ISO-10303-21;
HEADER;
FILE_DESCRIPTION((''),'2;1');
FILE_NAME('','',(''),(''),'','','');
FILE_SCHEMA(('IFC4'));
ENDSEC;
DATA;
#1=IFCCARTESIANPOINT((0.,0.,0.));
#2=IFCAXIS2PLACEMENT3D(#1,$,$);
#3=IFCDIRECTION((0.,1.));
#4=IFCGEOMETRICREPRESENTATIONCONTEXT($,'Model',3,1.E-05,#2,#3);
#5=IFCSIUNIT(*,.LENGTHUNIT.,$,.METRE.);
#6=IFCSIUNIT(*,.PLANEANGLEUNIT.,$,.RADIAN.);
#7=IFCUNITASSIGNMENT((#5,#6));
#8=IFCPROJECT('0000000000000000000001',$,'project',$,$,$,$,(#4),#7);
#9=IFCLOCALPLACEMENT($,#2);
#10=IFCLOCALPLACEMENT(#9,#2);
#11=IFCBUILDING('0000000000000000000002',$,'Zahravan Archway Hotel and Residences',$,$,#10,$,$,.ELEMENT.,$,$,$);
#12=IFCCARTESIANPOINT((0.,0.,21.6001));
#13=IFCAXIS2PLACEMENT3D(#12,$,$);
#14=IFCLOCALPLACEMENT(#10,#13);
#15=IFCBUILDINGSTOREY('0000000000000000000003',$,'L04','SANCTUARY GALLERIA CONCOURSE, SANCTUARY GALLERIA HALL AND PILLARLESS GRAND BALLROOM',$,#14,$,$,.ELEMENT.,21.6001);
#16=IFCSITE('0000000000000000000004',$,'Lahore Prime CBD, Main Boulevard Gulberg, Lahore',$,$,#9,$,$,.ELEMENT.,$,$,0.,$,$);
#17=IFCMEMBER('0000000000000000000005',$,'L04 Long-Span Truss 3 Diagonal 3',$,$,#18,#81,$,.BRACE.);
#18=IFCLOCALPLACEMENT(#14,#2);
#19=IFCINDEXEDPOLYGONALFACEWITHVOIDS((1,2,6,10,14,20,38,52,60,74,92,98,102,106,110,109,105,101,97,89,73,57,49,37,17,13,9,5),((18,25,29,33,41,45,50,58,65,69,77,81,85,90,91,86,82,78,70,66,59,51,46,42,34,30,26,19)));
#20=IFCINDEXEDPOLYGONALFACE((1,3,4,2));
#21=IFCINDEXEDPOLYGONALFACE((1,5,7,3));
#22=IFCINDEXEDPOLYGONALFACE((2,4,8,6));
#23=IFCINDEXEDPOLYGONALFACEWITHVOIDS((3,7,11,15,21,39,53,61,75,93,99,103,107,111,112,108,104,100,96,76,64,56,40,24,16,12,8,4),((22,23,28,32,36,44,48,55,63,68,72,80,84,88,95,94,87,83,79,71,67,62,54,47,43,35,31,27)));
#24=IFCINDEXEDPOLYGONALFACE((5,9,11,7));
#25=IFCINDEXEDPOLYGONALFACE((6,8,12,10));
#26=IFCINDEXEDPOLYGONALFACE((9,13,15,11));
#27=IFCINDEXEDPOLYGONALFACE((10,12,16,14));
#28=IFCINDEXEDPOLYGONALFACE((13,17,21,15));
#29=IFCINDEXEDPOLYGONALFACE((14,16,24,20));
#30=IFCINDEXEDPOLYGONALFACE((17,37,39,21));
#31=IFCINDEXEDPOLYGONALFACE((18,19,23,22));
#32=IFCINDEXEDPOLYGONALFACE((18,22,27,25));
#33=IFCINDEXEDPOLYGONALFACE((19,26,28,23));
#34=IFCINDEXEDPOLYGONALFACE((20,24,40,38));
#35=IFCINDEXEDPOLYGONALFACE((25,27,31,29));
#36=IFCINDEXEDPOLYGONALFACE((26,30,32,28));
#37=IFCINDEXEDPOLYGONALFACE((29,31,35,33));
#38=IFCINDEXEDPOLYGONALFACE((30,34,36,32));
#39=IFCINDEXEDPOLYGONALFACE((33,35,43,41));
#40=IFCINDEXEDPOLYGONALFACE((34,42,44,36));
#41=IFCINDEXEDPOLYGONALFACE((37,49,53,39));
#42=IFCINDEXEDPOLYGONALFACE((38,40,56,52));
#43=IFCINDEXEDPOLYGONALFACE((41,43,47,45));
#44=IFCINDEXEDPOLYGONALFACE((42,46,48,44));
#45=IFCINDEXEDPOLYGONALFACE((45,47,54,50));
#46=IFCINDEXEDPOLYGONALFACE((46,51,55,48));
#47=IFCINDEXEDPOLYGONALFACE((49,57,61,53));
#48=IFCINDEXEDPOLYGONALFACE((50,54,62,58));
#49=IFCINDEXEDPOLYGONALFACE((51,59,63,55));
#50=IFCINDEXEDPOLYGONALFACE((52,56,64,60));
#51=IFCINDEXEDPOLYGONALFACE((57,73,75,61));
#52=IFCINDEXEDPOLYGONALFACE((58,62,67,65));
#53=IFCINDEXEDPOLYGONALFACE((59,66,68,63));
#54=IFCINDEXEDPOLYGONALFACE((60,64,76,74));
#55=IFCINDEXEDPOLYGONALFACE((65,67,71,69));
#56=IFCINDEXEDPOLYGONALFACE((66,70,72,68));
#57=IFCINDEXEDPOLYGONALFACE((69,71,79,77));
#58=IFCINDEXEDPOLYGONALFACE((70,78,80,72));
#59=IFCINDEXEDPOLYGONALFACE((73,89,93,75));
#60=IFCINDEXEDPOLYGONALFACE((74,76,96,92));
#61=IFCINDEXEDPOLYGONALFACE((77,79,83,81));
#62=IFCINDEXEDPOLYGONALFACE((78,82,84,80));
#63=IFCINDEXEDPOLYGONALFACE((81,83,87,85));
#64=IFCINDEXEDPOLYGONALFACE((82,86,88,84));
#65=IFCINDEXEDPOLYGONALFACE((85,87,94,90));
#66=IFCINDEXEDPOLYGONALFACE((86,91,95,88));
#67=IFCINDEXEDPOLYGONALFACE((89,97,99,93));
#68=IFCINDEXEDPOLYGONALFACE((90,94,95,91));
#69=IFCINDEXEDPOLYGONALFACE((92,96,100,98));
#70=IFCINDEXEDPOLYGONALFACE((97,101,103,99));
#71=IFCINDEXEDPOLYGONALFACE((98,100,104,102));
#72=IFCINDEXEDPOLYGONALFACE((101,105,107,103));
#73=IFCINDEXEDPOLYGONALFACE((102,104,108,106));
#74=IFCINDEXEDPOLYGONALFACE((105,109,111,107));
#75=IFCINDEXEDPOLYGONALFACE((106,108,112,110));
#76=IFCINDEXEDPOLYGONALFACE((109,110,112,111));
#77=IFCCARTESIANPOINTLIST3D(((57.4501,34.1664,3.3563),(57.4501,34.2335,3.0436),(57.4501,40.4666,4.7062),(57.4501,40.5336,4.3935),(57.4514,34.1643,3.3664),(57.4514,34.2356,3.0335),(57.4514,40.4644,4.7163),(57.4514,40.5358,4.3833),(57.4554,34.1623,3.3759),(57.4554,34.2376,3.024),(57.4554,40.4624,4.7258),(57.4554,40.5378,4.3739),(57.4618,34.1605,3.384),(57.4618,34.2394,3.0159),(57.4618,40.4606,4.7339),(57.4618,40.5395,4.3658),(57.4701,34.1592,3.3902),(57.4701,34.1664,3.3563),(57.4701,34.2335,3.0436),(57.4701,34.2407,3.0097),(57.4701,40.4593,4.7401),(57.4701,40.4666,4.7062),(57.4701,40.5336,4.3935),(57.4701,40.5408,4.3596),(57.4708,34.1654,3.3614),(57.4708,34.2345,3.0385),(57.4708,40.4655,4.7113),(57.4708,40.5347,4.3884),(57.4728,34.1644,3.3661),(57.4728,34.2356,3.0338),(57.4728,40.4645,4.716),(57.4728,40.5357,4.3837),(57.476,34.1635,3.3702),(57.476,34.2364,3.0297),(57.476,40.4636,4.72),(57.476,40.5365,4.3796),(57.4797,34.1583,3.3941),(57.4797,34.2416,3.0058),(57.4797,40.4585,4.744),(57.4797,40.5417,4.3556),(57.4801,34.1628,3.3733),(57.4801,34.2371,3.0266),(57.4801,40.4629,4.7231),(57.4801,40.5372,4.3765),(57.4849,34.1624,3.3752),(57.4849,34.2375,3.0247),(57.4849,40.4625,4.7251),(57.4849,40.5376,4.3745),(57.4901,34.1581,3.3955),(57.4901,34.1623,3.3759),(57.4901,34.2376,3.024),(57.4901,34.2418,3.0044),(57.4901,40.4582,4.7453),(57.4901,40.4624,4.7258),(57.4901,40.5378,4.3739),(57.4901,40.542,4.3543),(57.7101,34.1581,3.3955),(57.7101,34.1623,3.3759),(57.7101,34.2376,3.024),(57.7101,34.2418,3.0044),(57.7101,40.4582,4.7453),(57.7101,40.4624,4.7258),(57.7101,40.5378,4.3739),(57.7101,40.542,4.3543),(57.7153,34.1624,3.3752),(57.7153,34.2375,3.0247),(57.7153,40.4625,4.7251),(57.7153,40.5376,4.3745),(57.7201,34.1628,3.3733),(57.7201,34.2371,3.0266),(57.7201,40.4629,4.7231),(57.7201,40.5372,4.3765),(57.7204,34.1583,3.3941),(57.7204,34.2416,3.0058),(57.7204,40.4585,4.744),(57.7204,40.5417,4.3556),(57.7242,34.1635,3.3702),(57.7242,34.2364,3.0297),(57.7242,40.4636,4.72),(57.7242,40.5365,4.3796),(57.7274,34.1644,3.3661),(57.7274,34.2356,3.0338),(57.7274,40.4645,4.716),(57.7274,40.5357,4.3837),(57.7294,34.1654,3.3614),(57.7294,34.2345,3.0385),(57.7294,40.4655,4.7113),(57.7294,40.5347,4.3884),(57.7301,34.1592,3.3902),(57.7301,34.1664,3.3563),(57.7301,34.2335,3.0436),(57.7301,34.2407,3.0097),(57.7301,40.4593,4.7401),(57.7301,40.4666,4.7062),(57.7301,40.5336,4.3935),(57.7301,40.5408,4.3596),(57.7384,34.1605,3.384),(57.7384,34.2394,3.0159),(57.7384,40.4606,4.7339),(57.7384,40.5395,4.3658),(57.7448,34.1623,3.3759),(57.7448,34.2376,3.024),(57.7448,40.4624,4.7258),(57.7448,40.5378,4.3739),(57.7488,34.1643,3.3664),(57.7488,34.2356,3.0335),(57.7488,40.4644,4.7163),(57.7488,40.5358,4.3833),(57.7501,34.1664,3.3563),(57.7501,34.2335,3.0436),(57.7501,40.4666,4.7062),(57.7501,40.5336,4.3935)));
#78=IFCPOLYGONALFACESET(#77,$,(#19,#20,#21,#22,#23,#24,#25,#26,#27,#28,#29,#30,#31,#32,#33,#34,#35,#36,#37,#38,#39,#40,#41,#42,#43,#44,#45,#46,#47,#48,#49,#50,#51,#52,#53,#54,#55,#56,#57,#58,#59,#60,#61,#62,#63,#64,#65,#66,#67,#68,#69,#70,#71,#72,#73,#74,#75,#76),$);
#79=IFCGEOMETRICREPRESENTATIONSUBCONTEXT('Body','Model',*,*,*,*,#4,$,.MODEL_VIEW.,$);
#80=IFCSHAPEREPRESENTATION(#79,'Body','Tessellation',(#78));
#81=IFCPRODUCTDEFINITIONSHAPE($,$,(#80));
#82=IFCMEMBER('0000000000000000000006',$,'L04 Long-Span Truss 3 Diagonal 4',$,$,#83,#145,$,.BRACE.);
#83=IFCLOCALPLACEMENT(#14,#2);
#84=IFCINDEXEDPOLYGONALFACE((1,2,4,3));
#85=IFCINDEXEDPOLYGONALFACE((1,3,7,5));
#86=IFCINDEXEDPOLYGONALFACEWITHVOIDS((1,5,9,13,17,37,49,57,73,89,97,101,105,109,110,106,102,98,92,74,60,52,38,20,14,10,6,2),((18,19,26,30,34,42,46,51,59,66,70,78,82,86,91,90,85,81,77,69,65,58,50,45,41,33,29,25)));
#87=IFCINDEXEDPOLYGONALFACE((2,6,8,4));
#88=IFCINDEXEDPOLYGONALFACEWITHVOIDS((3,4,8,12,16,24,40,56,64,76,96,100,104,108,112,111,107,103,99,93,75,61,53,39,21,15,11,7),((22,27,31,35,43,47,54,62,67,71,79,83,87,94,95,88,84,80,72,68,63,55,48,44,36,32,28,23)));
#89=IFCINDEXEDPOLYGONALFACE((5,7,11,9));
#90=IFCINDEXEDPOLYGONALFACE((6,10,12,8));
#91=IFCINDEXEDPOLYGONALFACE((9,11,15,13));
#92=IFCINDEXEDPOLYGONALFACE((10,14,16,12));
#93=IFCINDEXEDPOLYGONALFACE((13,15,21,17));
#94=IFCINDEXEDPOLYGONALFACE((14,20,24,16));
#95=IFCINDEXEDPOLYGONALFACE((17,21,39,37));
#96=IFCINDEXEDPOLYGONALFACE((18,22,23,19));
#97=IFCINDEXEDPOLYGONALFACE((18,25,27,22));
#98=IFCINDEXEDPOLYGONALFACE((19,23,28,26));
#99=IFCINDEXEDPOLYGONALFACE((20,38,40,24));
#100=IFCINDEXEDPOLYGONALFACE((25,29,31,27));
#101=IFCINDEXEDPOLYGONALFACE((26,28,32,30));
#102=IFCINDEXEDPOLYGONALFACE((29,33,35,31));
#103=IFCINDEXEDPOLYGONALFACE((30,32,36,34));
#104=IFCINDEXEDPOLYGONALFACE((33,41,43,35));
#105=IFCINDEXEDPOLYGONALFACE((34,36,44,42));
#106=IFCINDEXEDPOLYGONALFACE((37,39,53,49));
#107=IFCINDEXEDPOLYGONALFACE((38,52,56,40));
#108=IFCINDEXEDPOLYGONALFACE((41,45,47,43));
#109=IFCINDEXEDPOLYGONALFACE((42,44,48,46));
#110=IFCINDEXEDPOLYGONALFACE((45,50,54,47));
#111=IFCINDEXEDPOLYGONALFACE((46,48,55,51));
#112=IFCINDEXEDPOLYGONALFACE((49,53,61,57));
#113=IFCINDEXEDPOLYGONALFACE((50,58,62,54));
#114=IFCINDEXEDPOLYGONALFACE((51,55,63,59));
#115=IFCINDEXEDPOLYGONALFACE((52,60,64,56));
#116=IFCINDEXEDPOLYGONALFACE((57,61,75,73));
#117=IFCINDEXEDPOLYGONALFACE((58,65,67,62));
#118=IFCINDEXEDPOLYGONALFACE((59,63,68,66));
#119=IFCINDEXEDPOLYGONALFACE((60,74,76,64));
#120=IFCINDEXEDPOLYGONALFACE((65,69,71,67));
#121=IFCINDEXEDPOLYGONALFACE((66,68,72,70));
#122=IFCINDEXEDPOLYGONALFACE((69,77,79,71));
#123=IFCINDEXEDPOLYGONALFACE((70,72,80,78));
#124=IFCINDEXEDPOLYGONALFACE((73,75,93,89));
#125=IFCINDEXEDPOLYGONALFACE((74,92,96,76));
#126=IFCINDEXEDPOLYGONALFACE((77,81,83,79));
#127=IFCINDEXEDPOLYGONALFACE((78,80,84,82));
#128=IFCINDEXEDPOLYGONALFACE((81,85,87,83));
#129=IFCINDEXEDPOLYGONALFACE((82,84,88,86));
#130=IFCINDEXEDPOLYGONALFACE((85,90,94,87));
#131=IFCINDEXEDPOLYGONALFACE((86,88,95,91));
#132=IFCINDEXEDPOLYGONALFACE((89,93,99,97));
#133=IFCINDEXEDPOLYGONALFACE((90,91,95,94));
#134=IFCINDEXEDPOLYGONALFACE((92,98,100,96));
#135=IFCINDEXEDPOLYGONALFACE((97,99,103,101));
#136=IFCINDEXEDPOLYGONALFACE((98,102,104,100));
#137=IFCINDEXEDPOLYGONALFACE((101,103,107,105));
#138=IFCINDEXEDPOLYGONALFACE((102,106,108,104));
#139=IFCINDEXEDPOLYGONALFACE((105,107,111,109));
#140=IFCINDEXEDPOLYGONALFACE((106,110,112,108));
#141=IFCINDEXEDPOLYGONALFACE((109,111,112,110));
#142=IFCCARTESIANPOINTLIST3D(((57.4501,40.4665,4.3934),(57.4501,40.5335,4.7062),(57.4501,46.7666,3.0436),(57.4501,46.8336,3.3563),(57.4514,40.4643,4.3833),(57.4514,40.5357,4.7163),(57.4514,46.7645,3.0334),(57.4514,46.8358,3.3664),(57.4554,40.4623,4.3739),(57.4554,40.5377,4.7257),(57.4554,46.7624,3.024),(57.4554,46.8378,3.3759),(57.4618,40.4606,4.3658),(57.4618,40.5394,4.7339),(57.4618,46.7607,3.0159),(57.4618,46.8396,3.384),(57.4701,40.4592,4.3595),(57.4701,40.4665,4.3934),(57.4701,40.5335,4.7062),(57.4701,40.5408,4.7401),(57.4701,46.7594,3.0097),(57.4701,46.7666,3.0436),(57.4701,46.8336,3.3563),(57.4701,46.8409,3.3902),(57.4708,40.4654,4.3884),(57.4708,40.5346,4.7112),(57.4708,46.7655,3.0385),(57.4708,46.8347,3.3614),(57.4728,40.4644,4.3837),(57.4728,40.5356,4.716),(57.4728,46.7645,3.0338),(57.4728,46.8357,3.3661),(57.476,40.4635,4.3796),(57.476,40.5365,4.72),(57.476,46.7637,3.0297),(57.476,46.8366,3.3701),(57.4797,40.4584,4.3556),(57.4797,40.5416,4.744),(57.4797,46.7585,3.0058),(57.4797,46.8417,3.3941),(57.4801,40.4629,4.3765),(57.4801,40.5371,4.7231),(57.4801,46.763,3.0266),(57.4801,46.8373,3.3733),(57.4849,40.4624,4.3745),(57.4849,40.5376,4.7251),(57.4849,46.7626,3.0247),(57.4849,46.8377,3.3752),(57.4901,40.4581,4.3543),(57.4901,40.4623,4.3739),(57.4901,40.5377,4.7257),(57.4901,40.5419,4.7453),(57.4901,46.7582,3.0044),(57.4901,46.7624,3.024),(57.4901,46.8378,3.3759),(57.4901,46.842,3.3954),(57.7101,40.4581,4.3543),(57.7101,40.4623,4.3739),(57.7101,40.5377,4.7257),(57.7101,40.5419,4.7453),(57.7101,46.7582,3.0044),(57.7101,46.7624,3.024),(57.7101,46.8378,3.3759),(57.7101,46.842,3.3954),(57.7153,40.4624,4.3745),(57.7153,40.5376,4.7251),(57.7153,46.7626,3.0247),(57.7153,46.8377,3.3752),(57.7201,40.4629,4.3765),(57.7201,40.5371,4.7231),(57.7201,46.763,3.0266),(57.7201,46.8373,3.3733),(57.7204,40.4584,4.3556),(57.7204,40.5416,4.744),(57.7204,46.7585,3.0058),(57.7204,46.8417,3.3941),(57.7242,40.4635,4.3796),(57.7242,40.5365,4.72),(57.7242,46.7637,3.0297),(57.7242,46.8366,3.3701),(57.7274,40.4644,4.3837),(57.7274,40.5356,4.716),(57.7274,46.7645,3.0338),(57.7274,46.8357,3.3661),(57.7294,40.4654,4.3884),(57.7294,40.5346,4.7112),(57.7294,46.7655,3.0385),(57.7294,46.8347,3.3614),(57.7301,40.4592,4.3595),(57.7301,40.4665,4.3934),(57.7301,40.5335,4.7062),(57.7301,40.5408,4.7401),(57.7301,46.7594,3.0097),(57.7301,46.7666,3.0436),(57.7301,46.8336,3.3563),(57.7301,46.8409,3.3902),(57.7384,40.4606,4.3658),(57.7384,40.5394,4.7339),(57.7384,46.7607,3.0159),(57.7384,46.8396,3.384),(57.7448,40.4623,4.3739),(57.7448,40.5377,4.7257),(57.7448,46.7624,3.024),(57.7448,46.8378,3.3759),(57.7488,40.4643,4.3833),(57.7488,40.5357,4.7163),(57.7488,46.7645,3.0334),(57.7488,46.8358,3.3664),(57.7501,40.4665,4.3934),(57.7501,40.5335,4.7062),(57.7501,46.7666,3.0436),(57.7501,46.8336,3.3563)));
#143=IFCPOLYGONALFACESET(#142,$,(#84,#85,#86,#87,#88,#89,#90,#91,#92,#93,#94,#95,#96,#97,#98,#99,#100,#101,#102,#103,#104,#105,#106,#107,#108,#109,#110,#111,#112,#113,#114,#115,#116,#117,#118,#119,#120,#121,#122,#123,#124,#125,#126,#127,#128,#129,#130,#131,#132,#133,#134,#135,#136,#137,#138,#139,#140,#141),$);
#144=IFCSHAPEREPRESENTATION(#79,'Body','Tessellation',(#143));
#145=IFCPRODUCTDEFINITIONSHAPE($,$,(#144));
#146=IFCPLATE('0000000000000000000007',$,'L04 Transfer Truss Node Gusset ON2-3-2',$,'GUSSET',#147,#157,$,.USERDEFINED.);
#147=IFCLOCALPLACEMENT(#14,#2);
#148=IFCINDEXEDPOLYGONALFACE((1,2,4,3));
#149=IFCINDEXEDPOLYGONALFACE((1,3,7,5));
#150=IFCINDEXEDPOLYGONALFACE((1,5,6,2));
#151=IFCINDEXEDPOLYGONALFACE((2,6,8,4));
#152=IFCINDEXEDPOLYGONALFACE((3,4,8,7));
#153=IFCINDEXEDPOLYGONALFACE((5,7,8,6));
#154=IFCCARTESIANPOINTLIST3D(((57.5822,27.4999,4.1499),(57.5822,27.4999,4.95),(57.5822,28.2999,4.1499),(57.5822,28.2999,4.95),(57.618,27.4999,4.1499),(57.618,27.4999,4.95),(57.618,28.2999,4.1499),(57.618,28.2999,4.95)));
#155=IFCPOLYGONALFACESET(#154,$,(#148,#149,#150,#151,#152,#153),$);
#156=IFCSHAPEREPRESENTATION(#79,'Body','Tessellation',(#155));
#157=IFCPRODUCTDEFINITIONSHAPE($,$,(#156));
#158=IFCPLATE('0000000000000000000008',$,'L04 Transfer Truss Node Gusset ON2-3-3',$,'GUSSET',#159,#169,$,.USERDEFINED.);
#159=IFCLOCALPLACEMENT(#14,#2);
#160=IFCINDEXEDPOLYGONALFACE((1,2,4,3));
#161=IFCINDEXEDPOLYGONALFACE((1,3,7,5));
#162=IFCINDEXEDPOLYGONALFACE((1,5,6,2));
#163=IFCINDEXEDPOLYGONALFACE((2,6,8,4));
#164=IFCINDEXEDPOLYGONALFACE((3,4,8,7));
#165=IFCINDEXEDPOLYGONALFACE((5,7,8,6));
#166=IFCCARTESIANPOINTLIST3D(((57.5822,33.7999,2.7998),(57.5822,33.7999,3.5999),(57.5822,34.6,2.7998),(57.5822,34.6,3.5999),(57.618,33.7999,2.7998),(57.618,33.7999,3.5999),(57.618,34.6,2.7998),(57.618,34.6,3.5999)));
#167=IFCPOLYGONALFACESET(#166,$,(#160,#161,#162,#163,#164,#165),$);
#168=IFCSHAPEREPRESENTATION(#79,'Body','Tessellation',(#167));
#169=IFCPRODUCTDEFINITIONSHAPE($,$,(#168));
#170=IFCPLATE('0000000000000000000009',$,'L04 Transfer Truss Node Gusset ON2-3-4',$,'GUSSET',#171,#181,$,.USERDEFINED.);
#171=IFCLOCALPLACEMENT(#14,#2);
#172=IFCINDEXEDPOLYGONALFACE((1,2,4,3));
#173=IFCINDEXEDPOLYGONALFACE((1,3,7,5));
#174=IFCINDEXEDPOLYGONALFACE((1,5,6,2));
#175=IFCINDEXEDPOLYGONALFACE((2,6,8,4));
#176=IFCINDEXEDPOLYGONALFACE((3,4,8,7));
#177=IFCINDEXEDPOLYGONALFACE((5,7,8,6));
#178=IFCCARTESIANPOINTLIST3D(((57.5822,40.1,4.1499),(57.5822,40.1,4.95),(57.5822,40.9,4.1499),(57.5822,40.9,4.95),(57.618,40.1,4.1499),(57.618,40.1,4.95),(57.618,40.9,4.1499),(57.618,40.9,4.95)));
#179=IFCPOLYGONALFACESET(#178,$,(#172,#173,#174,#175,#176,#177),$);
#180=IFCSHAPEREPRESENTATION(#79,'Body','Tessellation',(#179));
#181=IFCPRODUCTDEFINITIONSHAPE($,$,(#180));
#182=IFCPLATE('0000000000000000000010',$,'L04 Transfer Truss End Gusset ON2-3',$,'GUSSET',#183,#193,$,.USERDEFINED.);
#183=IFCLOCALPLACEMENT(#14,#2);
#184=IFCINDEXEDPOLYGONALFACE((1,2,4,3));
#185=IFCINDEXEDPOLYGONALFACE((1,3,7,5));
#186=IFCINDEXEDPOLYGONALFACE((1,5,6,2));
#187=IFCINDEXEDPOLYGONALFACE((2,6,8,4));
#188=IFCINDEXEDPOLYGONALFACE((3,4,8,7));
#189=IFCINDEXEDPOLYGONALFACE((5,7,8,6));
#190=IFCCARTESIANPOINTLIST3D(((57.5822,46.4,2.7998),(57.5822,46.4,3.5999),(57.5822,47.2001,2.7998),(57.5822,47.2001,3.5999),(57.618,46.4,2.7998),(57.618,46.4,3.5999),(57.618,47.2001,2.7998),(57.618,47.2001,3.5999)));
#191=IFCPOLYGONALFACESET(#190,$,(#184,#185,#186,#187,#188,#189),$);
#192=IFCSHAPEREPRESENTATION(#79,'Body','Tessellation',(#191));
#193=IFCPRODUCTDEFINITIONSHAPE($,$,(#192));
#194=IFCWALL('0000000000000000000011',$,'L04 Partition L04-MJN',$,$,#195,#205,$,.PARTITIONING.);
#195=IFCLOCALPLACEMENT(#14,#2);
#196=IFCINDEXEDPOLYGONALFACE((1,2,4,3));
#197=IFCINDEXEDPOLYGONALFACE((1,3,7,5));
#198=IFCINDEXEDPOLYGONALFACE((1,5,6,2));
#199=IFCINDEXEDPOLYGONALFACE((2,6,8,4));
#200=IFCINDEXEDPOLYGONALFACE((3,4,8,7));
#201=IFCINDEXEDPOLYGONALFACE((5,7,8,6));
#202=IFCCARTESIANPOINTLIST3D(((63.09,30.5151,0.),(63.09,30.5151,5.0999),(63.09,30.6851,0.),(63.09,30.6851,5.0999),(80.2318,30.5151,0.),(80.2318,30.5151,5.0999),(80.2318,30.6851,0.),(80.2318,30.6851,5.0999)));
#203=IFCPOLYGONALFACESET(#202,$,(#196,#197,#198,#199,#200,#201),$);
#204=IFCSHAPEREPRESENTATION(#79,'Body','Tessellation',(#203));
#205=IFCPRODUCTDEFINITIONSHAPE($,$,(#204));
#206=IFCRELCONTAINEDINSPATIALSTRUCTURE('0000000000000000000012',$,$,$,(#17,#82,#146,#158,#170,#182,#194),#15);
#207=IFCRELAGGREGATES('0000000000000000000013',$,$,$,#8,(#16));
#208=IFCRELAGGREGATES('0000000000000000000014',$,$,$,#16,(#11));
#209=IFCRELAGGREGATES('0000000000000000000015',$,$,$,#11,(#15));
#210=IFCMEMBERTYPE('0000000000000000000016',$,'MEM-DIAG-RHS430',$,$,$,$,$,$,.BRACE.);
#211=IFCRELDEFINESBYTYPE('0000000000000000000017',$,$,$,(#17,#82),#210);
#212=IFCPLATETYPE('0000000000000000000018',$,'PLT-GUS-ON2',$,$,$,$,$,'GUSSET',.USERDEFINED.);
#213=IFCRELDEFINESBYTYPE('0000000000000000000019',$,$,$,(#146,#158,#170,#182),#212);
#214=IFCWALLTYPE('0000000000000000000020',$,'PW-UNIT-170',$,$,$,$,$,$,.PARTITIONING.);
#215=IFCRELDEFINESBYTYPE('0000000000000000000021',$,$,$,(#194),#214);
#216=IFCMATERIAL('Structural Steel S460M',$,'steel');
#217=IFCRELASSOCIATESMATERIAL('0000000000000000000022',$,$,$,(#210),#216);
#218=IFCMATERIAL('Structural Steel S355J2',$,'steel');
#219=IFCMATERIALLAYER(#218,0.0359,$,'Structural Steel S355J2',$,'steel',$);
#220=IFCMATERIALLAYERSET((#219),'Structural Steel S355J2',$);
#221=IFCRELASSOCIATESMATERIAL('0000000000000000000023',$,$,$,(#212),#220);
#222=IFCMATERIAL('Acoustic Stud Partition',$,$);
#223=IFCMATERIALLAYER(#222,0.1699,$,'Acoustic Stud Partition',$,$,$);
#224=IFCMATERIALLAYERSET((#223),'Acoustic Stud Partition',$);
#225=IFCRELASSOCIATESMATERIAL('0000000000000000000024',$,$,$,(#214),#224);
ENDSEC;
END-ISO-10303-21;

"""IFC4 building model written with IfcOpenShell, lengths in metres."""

from ifc_helpers import new_model, si_unit, direction, frame, frame_2d, origin, origin_2d, place, context, subcontext, project, spatial, rectangle, hollow_rectangle, extrude, source, transform, mapped, material, layer, layer_set, material_profile, profile_set, type_object, type_shapes, element, save


model = new_model("IFC4")

# Units and contexts
model_context = context("Model", 3, precision=1e-05, world=origin(), true_north=direction((0.0, 1.0)))
body_context = subcontext(model_context, "Body", "Model", "MODEL_VIEW")
ifc_project = project(units=[si_unit("LENGTHUNIT", "METRE"), si_unit("PLANEANGLEUNIT", "RADIAN")], contexts=[model_context])

# Site, building, storey
site_placement = place(None, origin())
site = spatial("IfcSite", under=ifc_project, at=site_placement, Name="Lahore Prime CBD, Main Boulevard Gulberg, Lahore", CompositionType="ELEMENT", RefElevation=0.0)
building_placement = place(site_placement, origin())
building = spatial("IfcBuilding", under=site, at=building_placement, Name="Zahravan Archway Hotel and Residences", CompositionType="ELEMENT")
storey_placement = place(building_placement, frame((0.0, 0.0, 21.6001)))
storey = spatial("IfcBuildingStorey", under=building, at=storey_placement, Name="L04", Description="SANCTUARY GALLERIA CONCOURSE, SANCTUARY GALLERIA HALL AND PILLARLESS GRAND BALLROOM", CompositionType="ELEMENT", Elevation=21.6001)

# Members
ifc_material_1 = material(Name="Structural Steel S460M", Category="steel")
ifc_material_profile_1 = material_profile(ifc_material_1, hollow_rectangle(XDim=0.3, YDim=0.3999, WallThickness=0.02, InnerFilletRadius=0.02, OuterFilletRadius=0.04, at=origin_2d()), Name="RHS 400x300x20", Category="steel")
ifc_profile_set_1 = profile_set([ifc_material_profile_1], Name="Structural Steel S460M")
member_type_1 = type_object("IfcMemberType", Name="MEM-DIAG-RHS430", PredefinedType="BRACE", material=ifc_profile_set_1)
shared_shape_1 = source(origin(), body_context, "Body", "SweptSolid", [
    extrude(hollow_rectangle(XDim=0.3, YDim=0.3999, WallThickness=0.02, InnerFilletRadius=0.02, OuterFilletRadius=0.04, at=origin_2d()), origin(), (0.0, 0.0, 1.0), 6.4431),
])
for number, where, z_axis, x_axis, name in (
    (1, (57.6001, 34.2, 3.2), (0.0, 0.977807, 0.209506), (-1.0, 0.0, 0.0), "L04 Long-Span Truss 3 Diagonal 3"),
    (2, (57.6001, 40.5, 4.5498), (0.0, 0.977807, -0.209506), (-1.0, 0.0, 0.0), "L04 Long-Span Truss 3 Diagonal 4"),
):
    element("IfcMember", number, at=place(storey_placement, frame(where, z_axis=z_axis, x_axis=x_axis)), inside=storey, type_object=member_type_1, Name=name, PredefinedType="BRACE", context=body_context, shape_type="MappedRepresentation", body=[
        mapped(shared_shape_1, transform((0.0, 0.0, 0.0), scale=1.0)),
    ])

# Plates
ifc_material_2 = material(Name="Structural Steel S355J2", Category="steel")
ifc_layer_1 = layer(ifc_material_2, 0.0359, Name="Structural Steel S355J2", Category="steel")
ifc_layer_set_1 = layer_set([ifc_layer_1], Name="Structural Steel S355J2")
plate_type = type_object("IfcPlateType", Name="PLT-GUS-ON2", ElementType="GUSSET", PredefinedType="USERDEFINED", material=ifc_layer_set_1)
shared_shape_2 = source(origin(), body_context, "Body", "SweptSolid", [
    extrude(rectangle(XDim=0.8, YDim=0.0359, at=origin_2d()), origin(), (0.0, 0.0, 1.0), 0.8),
])
type_shapes(plate_type, [shared_shape_2])
for number, where, z_axis, x_axis, name in (
    (3, (57.6001, 27.8999, 4.1499), (0.0, 0.0, 1.0), (0.0, 1.0, 0.0), "L04 Transfer Truss Node Gusset ON2-3-2"),
    (4, (57.6001, 34.2, 2.7998), (0.0, 0.0, 1.0), (0.0, 1.0, 0.0), "L04 Transfer Truss Node Gusset ON2-3-3"),
    (5, (57.6001, 40.5, 4.1499), (0.0, 0.0, 1.0), (0.0, 1.0, 0.0), "L04 Transfer Truss Node Gusset ON2-3-4"),
    (6, (57.6001, 46.8, 2.7998), (0.0, 0.0, 1.0), (0.0, 1.0, 0.0), "L04 Transfer Truss End Gusset ON2-3"),
):
    element("IfcPlate", number, at=place(storey_placement, frame(where, z_axis=z_axis, x_axis=x_axis)), inside=storey, type_object=plate_type, Name=name, ObjectType="GUSSET", PredefinedType="USERDEFINED", context=body_context, shape_type="MappedRepresentation", body=[
        mapped(shared_shape_2, transform((0.0, 0.0, 0.0), scale=1.0)),
    ])

# Wall
ifc_material_3 = material(Name="Acoustic Stud Partition")
ifc_layer_2 = layer(ifc_material_3, 0.1699, Name="Acoustic Stud Partition")
ifc_layer_set_2 = layer_set([ifc_layer_2], Name="Acoustic Stud Partition")
wall_type_1 = type_object("IfcWallType", Name="PW-UNIT-170", PredefinedType="PARTITIONING", material=ifc_layer_set_2)
wall_1_placement = place(storey_placement, frame((63.0901, 30.6001, 0.0), z_axis=(0.0, 0.0, 1.0), x_axis=(1.0, 0.0, 0.0)))
element("IfcWall", 7, at=wall_1_placement, inside=storey, type_object=wall_type_1, Name="L04 Partition L04-MJN", PredefinedType="PARTITIONING", context=body_context, shape_type="SweptSolid", body=[
    extrude(rectangle(XDim=17.1418, YDim=0.1699, at=frame_2d((8.5708, 0.0))), origin(), (0.0, 0.0, 1.0), 5.0999),
])

save(model, "model.ifc")
